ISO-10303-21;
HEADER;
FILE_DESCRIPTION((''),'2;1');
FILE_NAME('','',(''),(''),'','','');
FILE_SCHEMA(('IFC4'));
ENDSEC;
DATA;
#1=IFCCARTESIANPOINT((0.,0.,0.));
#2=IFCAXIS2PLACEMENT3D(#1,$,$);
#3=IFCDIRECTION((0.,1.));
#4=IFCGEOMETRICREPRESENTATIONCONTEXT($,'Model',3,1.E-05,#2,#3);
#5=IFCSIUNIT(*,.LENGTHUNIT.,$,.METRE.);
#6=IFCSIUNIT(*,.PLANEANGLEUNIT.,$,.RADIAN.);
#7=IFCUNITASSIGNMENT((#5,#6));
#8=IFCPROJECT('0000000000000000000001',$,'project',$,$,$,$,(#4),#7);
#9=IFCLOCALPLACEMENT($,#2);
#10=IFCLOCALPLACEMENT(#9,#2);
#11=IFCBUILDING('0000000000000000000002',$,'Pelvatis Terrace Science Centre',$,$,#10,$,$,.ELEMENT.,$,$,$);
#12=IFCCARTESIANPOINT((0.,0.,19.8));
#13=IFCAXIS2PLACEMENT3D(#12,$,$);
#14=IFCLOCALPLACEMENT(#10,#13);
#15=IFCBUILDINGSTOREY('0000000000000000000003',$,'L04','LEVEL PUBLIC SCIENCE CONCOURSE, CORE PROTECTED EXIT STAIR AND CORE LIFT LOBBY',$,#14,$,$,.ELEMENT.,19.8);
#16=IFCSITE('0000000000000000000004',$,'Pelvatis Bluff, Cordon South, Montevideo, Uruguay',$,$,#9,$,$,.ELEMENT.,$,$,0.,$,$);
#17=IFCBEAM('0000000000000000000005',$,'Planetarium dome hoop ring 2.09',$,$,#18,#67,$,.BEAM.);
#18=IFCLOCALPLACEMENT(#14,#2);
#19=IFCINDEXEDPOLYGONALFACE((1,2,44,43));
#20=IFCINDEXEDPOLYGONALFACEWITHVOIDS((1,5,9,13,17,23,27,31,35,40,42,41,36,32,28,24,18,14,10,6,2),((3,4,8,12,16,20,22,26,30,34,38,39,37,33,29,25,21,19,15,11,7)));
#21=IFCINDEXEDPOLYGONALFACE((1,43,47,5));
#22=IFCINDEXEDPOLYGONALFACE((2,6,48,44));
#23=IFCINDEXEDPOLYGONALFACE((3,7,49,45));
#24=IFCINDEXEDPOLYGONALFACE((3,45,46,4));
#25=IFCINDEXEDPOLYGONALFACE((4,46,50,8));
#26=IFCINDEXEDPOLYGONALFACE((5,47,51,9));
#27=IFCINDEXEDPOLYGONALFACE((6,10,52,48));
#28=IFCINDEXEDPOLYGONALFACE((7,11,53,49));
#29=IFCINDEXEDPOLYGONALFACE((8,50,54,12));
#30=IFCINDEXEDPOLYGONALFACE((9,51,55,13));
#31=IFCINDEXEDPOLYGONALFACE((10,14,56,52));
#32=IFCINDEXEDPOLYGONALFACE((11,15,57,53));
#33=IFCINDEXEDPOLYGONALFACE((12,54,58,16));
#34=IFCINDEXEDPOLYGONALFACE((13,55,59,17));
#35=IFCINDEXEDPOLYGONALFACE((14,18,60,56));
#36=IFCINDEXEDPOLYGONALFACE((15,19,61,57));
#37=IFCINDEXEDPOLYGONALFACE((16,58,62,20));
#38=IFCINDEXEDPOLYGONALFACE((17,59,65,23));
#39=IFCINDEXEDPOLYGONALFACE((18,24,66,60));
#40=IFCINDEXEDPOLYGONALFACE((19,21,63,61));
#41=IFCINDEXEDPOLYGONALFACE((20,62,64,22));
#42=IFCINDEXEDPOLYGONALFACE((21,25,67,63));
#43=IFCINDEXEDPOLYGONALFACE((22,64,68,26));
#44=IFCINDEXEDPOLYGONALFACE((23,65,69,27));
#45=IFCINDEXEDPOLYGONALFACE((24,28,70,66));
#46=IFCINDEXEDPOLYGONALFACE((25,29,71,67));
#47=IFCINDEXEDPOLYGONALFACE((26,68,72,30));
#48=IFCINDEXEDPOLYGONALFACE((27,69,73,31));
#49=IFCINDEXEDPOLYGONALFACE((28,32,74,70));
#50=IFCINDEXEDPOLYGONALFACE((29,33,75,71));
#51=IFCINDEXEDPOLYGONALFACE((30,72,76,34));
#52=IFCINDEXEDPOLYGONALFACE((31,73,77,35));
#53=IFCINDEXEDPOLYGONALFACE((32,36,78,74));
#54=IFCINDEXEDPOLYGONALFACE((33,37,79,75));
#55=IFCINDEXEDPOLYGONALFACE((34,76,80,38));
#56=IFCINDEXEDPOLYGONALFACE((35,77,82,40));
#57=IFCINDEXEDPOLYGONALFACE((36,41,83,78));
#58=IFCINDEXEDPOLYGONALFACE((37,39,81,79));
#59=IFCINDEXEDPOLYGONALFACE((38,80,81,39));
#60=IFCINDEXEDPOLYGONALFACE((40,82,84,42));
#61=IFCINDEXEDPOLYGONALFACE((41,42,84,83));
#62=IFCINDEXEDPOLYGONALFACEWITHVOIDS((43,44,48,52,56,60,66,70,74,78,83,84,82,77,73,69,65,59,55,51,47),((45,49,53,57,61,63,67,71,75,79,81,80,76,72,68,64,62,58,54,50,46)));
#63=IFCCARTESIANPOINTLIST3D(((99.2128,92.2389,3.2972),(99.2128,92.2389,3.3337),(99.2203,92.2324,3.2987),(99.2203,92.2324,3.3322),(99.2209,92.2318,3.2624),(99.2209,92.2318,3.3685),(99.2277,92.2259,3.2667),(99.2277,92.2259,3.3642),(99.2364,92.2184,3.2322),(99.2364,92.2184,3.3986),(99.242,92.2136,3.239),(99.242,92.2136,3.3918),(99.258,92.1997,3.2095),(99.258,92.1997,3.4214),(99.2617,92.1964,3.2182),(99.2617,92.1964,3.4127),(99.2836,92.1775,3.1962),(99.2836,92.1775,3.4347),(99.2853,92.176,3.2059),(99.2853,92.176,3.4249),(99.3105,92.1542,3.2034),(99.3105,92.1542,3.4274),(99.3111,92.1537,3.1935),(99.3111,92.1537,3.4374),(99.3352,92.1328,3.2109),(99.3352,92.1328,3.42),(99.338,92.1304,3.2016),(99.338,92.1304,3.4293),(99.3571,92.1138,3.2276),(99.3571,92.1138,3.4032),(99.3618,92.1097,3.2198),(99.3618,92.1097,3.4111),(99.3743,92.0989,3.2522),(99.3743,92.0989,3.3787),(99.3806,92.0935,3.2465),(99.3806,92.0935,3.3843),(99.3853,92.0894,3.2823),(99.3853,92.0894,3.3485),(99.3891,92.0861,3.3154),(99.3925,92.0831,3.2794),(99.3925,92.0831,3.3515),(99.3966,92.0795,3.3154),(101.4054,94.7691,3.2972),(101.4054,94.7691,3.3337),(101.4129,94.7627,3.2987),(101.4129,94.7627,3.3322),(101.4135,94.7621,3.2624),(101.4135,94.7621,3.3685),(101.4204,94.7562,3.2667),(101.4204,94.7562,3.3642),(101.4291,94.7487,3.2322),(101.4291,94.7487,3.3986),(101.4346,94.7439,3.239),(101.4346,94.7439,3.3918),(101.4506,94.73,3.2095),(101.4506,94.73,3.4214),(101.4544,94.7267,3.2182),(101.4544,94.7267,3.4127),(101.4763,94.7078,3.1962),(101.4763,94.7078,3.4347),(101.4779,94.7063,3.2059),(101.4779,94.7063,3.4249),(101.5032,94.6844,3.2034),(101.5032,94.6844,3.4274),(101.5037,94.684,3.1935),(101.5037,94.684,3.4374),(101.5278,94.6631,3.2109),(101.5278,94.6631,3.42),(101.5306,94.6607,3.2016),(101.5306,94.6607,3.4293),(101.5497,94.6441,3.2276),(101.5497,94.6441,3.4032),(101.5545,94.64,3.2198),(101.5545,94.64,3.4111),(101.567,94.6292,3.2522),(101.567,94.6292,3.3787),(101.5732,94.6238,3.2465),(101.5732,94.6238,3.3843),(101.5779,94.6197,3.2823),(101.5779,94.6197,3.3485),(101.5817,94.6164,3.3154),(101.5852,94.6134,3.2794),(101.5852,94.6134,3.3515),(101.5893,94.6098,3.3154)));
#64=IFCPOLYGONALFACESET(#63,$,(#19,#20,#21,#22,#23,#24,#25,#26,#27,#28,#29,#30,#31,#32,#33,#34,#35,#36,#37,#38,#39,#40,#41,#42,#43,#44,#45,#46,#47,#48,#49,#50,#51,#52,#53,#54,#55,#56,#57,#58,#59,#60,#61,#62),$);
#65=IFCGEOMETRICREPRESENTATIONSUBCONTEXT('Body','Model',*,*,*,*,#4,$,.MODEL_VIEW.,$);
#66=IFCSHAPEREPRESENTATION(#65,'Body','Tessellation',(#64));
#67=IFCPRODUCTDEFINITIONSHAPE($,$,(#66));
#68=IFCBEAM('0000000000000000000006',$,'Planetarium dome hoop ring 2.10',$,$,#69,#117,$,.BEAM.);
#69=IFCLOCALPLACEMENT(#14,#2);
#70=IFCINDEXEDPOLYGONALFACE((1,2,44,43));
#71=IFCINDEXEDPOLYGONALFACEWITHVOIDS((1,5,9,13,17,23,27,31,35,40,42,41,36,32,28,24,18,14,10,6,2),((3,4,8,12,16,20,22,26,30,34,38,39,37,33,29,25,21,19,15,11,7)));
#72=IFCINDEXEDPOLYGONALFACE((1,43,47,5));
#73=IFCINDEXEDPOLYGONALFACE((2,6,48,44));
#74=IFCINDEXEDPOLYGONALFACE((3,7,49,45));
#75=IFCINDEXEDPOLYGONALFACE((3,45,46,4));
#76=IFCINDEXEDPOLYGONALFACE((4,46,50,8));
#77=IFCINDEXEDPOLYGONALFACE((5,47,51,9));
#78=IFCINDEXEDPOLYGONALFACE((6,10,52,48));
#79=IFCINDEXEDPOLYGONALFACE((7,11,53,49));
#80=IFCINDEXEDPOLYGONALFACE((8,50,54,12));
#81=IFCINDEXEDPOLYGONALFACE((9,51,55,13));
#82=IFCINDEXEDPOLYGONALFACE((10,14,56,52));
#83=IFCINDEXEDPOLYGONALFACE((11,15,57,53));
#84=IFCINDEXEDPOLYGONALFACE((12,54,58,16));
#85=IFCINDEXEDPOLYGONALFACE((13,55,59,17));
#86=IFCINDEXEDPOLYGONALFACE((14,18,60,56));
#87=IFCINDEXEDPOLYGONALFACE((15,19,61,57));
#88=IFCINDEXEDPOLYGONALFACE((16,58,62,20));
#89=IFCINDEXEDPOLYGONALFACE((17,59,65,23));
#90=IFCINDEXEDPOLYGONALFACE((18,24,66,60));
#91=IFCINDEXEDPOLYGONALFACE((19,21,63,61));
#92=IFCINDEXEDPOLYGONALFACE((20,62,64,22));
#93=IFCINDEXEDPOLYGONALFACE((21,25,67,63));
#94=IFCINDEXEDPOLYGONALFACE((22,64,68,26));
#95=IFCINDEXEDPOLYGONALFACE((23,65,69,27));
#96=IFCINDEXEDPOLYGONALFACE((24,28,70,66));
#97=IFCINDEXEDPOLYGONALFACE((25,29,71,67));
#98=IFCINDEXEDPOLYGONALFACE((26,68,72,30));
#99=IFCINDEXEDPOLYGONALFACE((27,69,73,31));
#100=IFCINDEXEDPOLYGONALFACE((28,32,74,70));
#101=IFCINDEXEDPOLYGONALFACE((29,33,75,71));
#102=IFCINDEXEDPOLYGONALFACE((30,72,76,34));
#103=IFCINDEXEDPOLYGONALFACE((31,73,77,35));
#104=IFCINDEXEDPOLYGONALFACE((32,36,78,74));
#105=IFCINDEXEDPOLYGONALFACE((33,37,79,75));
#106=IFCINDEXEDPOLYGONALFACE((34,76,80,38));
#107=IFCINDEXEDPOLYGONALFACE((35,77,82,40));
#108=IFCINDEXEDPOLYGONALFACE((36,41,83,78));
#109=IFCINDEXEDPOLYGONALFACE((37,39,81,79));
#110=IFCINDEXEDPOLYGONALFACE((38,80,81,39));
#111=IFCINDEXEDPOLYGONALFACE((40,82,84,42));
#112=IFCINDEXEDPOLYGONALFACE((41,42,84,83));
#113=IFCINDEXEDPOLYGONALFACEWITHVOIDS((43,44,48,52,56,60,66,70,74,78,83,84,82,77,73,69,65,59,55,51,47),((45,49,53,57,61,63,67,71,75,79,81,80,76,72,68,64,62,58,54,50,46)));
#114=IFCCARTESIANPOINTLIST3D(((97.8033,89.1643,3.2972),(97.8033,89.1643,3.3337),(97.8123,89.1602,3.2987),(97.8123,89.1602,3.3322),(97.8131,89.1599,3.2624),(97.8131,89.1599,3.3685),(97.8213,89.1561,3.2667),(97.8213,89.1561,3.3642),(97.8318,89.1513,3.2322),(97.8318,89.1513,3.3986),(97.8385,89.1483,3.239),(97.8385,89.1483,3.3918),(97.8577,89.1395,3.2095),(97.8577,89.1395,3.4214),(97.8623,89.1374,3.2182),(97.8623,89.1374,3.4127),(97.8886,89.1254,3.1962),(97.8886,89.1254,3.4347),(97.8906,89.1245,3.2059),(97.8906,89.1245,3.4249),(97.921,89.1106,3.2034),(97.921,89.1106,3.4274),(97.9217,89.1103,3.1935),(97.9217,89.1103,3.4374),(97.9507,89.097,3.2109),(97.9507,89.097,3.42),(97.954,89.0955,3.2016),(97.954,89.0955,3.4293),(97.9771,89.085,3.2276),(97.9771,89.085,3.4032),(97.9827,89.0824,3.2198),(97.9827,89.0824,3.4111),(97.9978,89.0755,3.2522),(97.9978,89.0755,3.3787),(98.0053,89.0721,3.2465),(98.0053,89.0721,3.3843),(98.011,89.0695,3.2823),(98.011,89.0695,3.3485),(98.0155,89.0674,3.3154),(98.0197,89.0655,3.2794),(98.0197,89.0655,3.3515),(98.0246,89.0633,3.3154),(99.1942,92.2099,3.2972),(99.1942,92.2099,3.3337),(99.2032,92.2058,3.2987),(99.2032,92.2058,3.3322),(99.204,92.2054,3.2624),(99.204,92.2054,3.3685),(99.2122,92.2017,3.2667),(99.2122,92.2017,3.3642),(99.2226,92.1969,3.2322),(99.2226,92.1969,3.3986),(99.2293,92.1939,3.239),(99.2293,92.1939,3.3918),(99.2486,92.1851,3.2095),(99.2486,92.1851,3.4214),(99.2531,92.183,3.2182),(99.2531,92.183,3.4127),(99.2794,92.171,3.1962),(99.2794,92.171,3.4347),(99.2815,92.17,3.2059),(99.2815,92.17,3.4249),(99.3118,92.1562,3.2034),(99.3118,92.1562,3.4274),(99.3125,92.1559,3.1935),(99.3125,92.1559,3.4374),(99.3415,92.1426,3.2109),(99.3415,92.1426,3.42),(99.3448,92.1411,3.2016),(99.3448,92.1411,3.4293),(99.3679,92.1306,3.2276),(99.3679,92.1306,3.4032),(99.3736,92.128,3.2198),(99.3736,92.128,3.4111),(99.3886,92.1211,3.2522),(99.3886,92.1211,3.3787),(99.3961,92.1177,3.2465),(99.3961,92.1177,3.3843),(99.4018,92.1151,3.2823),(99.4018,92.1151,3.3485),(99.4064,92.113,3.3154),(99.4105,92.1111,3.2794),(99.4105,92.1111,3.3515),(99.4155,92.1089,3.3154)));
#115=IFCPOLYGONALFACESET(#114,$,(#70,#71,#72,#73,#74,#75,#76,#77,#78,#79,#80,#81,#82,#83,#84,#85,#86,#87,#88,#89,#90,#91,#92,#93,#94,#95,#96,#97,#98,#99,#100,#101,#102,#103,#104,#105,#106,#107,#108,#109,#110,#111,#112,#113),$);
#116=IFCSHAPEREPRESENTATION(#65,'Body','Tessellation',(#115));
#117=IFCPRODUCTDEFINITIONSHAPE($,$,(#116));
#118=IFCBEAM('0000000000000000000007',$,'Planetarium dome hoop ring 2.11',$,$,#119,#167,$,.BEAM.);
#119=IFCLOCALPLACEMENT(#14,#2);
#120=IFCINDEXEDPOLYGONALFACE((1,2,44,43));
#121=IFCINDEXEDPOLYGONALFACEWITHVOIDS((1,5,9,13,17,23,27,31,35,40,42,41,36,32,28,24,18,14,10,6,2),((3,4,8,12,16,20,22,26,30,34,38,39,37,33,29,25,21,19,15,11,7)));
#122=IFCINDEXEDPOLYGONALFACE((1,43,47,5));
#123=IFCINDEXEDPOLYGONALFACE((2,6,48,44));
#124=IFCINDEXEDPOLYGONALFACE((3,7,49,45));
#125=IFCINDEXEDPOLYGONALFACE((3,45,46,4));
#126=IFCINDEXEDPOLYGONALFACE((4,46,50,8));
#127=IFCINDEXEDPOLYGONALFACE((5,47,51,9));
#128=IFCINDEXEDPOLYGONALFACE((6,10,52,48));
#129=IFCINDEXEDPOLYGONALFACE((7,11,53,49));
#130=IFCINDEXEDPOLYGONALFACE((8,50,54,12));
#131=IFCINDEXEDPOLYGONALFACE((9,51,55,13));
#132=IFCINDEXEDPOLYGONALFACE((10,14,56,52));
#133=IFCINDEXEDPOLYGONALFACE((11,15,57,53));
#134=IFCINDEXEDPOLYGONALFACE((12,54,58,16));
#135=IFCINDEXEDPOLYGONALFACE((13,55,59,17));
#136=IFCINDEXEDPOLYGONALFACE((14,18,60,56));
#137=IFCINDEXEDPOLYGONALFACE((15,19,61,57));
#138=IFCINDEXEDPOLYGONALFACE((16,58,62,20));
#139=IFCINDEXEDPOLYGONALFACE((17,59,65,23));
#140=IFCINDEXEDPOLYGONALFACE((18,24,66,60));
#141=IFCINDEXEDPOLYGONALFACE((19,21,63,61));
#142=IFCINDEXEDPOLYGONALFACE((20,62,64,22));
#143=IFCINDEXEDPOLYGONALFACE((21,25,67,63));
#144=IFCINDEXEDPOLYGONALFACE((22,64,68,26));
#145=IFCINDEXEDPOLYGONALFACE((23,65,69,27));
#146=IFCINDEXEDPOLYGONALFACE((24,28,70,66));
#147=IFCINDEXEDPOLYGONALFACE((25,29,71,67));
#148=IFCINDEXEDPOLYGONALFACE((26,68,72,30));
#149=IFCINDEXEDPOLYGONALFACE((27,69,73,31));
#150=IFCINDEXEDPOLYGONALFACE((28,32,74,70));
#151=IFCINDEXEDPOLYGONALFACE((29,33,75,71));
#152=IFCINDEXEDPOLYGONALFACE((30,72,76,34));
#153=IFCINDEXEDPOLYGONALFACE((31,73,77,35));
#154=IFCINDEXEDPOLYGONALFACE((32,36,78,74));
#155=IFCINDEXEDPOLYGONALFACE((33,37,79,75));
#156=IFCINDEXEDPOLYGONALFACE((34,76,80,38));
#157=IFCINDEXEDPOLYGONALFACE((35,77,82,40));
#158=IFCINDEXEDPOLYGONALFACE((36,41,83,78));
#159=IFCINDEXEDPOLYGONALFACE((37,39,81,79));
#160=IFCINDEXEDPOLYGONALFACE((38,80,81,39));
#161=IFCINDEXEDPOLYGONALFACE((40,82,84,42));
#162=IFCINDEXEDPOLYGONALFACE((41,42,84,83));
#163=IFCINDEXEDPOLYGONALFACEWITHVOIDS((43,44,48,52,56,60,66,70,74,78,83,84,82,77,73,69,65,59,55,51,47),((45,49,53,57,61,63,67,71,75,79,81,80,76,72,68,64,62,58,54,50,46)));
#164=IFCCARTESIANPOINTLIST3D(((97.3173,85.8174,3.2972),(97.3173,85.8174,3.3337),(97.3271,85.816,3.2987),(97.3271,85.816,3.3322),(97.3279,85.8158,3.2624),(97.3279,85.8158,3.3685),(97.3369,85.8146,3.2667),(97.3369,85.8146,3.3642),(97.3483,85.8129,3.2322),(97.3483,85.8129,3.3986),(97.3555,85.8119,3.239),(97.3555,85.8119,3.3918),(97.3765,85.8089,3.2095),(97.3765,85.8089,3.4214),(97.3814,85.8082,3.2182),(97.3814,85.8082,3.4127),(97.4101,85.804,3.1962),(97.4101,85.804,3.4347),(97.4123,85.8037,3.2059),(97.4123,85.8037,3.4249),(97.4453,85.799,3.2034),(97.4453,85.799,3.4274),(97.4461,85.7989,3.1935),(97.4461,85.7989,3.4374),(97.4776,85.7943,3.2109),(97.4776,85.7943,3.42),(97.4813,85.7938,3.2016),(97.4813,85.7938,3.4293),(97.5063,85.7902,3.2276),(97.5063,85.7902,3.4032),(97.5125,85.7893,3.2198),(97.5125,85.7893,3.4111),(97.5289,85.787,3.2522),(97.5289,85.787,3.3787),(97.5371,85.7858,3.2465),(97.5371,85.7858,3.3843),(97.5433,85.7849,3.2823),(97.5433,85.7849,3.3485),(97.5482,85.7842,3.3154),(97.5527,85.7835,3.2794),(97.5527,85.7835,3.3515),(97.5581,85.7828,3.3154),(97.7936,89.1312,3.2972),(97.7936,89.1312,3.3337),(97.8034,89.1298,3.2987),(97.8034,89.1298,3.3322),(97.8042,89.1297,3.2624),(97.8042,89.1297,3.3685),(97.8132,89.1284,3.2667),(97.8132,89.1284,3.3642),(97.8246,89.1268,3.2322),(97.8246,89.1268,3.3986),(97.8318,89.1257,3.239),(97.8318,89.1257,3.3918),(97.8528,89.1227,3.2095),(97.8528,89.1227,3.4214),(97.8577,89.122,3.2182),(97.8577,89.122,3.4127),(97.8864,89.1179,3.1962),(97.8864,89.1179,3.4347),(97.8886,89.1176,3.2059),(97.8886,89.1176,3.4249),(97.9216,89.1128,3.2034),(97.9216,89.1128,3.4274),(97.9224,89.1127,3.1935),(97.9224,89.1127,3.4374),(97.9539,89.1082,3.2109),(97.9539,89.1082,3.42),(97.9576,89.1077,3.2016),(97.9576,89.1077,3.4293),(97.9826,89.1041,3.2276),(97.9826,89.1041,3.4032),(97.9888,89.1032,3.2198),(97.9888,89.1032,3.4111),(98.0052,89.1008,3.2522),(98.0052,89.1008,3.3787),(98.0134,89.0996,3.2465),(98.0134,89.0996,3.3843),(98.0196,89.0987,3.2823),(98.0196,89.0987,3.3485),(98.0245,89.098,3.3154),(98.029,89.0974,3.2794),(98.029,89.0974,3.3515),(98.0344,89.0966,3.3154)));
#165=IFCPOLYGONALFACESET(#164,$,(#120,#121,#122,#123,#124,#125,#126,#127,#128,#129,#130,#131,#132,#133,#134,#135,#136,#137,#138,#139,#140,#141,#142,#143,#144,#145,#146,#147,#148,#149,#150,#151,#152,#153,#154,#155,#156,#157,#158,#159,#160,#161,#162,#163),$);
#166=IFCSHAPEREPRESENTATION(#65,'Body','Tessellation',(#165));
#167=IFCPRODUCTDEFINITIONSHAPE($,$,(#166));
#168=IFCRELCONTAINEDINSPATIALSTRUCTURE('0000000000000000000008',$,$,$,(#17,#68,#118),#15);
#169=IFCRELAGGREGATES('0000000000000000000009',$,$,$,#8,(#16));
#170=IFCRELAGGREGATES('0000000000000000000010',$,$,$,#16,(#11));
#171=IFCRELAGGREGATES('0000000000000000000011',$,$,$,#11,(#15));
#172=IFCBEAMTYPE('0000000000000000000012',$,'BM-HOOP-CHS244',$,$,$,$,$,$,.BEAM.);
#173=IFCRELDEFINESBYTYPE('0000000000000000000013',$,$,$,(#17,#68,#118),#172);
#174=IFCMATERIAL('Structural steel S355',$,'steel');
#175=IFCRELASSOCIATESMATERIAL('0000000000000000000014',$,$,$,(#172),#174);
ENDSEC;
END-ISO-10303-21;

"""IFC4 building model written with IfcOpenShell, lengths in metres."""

from ifc_helpers import new_model, si_unit, direction, frame, origin, origin_2d, place, context, subcontext, project, spatial, hollow_circle, extrude, material, material_profile, profile_set, type_object, element, save


model = new_model("IFC4")

# Units and contexts
model_context = context("Model", 3, precision=1e-05, world=origin(), true_north=direction((0.0, 1.0)))
body_context = subcontext(model_context, "Body", "Model", "MODEL_VIEW")
ifc_project = project(units=[si_unit("LENGTHUNIT", "METRE"), si_unit("PLANEANGLEUNIT", "RADIAN")], contexts=[model_context])

# Site, building, storey
site_placement = place(None, origin())
site = spatial("IfcSite", under=ifc_project, at=site_placement, Name="Pelvatis Bluff, Cordon South, Montevideo, Uruguay", CompositionType="ELEMENT", RefElevation=0.0)
building_placement = place(site_placement, origin())
building = spatial("IfcBuilding", under=site, at=building_placement, Name="Pelvatis Terrace Science Centre", CompositionType="ELEMENT")
storey_placement = place(building_placement, frame((0.0, 0.0, 19.8)))
storey = spatial("IfcBuildingStorey", under=building, at=storey_placement, Name="L04", Description="LEVEL PUBLIC SCIENCE CONCOURSE, CORE PROTECTED EXIT STAIR AND CORE LIFT LOBBY", CompositionType="ELEMENT", Elevation=19.8)

# Beams
ifc_material_1 = material(Name="Structural steel S355", Category="steel")
ifc_material_profile_1 = material_profile(ifc_material_1, hollow_circle(Radius=0.1223, WallThickness=0.01, at=origin_2d()), Name="CHS 244.5x10.0")
ifc_profile_set_1 = profile_set([ifc_material_profile_1], Name="Structural steel S355")
beam_type_1 = type_object("IfcBeamType", Name="BM-HOOP-CHS244", PredefinedType="BEAM", material=ifc_profile_set_1)
for number, where, z_axis, x_axis, name in (
    (1, (101.4968, 94.6899, 3.3154), (-0.654883, -0.75573, 0.0), (0.75573, -0.654883, 0.0), "Planetarium dome hoop ring 2.09"),
    (2, (99.3042, 92.1597, 3.3154), (-0.415406, -0.909636, 0.0), (0.909636, -0.415406, 0.0), "Planetarium dome hoop ring 2.10"),
):
    element("IfcBeam", number, at=place(storey_placement, frame(where, z_axis=z_axis, x_axis=x_axis)), inside=storey, type_object=beam_type_1, Name=name, PredefinedType="BEAM", context=body_context, shape_type="SweptSolid", body=[
        extrude(hollow_circle(Radius=0.1223, WallThickness=0.01, at=origin_2d()), origin(), (0.0, 0.0, 1.0), 3.3481),
    ])
beam_1_placement = place(storey_placement, frame((97.9133, 89.114, 3.3154), z_axis=(-0.142269, -0.989828, 0.0), x_axis=(0.989828, -0.142269, 0.0)))
element("IfcBeam", 3, at=beam_1_placement, inside=storey, type_object=beam_type_1, Name="Planetarium dome hoop ring 2.11", PredefinedType="BEAM", context=body_context, shape_type="SweptSolid", body=[
    extrude(hollow_circle(Radius=0.1223, WallThickness=0.01, at=origin_2d()), origin(), (0.0, 0.0, 1.0), 3.3479),
])

save(model, "model.ifc")
